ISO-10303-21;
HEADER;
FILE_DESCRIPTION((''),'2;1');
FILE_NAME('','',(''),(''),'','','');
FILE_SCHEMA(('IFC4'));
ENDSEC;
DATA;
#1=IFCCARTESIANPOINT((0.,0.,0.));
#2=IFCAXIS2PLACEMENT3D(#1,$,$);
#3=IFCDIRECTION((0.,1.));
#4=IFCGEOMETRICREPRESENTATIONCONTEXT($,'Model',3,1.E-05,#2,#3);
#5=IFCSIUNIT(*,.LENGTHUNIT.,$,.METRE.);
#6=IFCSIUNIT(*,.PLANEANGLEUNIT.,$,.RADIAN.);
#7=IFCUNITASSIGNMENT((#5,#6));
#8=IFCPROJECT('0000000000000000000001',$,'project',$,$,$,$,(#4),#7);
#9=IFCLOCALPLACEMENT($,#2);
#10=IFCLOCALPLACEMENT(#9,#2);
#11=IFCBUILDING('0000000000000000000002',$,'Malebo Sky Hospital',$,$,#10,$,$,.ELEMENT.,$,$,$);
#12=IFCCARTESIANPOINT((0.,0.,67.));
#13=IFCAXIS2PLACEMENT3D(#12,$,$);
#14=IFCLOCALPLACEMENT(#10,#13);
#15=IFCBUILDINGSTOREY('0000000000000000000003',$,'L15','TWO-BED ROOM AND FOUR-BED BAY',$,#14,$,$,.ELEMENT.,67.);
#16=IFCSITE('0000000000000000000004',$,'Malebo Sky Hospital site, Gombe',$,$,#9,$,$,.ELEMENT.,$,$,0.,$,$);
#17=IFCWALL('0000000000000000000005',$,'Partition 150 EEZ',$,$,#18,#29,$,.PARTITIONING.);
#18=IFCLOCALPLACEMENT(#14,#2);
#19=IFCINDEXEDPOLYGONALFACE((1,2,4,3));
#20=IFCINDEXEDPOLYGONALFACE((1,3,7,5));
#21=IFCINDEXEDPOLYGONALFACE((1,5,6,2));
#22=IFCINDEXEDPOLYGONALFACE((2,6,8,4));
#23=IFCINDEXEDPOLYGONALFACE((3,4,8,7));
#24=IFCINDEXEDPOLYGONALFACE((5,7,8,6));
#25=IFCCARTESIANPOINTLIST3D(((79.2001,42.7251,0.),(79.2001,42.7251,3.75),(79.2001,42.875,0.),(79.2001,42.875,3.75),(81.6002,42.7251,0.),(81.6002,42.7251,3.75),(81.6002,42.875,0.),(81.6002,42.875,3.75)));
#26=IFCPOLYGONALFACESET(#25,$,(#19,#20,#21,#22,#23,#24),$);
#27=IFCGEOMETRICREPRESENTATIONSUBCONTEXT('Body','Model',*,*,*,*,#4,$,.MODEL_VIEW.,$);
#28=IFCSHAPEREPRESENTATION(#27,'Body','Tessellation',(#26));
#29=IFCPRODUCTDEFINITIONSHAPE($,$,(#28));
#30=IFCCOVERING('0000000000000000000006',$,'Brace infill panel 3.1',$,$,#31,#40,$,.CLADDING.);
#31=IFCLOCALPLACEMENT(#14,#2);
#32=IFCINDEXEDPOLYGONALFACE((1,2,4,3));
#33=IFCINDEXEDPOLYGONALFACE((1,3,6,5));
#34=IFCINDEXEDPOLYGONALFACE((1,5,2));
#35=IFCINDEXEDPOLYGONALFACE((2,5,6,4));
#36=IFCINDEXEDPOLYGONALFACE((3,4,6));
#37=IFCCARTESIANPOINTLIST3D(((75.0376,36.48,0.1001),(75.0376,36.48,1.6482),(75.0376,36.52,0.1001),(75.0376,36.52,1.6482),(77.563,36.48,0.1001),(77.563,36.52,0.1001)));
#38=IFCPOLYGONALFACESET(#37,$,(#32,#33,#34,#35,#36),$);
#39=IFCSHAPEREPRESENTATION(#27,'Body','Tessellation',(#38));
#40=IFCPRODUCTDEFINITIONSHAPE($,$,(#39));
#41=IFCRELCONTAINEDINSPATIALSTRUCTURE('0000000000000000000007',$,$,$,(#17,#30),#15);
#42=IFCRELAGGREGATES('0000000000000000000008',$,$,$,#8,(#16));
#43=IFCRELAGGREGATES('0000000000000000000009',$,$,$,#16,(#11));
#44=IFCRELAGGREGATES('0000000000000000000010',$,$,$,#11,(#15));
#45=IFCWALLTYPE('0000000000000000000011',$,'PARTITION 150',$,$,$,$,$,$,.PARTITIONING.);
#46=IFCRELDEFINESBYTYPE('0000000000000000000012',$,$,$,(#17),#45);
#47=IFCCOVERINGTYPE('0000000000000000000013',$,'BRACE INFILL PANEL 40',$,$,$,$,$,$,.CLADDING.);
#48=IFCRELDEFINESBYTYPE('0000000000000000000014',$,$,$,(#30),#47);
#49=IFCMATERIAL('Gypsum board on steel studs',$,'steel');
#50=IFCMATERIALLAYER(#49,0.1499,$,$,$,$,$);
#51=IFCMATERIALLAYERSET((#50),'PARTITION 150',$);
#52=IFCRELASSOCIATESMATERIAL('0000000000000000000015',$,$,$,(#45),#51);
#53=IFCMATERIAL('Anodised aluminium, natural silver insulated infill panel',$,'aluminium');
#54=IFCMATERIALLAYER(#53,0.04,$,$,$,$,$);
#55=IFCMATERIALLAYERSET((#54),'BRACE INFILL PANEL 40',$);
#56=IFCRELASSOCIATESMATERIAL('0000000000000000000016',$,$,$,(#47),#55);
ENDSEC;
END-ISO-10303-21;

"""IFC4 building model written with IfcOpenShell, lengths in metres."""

from ifc_helpers import new_model, si_unit, direction, frame, frame_2d, origin, place, context, subcontext, project, spatial, polyline, rectangle, outline, extrude, material, layer, layer_set, type_object, element, save


model = new_model("IFC4")

# Units and contexts
model_context = context("Model", 3, precision=1e-05, world=origin(), true_north=direction((0.0, 1.0)))
body_context = subcontext(model_context, "Body", "Model", "MODEL_VIEW")
ifc_project = project(units=[si_unit("LENGTHUNIT", "METRE"), si_unit("PLANEANGLEUNIT", "RADIAN")], contexts=[model_context])

# Site, building, storey
site_placement = place(None, origin())
site = spatial("IfcSite", under=ifc_project, at=site_placement, Name="Malebo Sky Hospital site, Gombe", CompositionType="ELEMENT", RefElevation=0.0)
building_placement = place(site_placement, origin())
building = spatial("IfcBuilding", under=site, at=building_placement, Name="Malebo Sky Hospital", CompositionType="ELEMENT")
storey_placement = place(building_placement, frame((0.0, 0.0, 67.0)))
storey = spatial("IfcBuildingStorey", under=building, at=storey_placement, Name="L15", Description="TWO-BED ROOM AND FOUR-BED BAY", CompositionType="ELEMENT", Elevation=67.0)

# Shared definitions
ifc_material_1 = material(Name="Gypsum board on steel studs", Category="steel")

# Shared definitions
ifc_layer_1 = layer(ifc_material_1, 0.1499)
ifc_layer_set_1 = layer_set([ifc_layer_1], Name="PARTITION 150")
wall_type_1 = type_object("IfcWallType", Name="PARTITION 150", PredefinedType="PARTITIONING", material=ifc_layer_set_1)

# Wall
for number, where, z_axis, x_axis, name in (
    (1, (79.2, 42.8, 0.0), (0.0, 0.0, 1.0), (1.0, 0.0, 0.0), "Partition 150 EEZ"),
):
    element("IfcWall", number, at=place(storey_placement, frame(where, z_axis=z_axis, x_axis=x_axis)), inside=storey, type_object=wall_type_1, Name=name, PredefinedType="PARTITIONING", context=body_context, shape_type="SweptSolid", body=[
        extrude(rectangle(XDim=2.4001, YDim=0.1499, at=frame_2d((1.2002, 0.0))), origin(), (0.0, 0.0, 1.0), 3.75),
    ])

# Covering
ifc_material_2 = material(Name="Anodised aluminium, natural silver insulated infill panel", Category="aluminium")
ifc_layer_2 = layer(ifc_material_2, 0.04)
ifc_layer_set_2 = layer_set([ifc_layer_2], Name="BRACE INFILL PANEL 40")
covering_type = type_object("IfcCoveringType", Name="BRACE INFILL PANEL 40", PredefinedType="CLADDING", material=ifc_layer_set_2)
covering_placement = place(storey_placement, frame((76.3003, 36.5, 0.1001), z_axis=(0.0, 0.0, 1.0), x_axis=(-1.0, 0.0, 0.0)))
element("IfcCovering", 2, at=covering_placement, inside=storey, type_object=covering_type, Name="Brace infill panel 3.1", PredefinedType="CLADDING", context=body_context, shape_type="SweptSolid", body=[
    extrude(outline(polyline([(-1.2627, 0.0), (1.2627, 0.0), (1.2627, 1.5481), (-1.2627, 0.0)])), frame((0.0, 0.02, 0.0), z_axis=(0.0, -1.0, 0.0), x_axis=(1.0, 0.0, 0.0)), (0.0, 0.0, 1.0), 0.04),
])

save(model, "model.ifc")
